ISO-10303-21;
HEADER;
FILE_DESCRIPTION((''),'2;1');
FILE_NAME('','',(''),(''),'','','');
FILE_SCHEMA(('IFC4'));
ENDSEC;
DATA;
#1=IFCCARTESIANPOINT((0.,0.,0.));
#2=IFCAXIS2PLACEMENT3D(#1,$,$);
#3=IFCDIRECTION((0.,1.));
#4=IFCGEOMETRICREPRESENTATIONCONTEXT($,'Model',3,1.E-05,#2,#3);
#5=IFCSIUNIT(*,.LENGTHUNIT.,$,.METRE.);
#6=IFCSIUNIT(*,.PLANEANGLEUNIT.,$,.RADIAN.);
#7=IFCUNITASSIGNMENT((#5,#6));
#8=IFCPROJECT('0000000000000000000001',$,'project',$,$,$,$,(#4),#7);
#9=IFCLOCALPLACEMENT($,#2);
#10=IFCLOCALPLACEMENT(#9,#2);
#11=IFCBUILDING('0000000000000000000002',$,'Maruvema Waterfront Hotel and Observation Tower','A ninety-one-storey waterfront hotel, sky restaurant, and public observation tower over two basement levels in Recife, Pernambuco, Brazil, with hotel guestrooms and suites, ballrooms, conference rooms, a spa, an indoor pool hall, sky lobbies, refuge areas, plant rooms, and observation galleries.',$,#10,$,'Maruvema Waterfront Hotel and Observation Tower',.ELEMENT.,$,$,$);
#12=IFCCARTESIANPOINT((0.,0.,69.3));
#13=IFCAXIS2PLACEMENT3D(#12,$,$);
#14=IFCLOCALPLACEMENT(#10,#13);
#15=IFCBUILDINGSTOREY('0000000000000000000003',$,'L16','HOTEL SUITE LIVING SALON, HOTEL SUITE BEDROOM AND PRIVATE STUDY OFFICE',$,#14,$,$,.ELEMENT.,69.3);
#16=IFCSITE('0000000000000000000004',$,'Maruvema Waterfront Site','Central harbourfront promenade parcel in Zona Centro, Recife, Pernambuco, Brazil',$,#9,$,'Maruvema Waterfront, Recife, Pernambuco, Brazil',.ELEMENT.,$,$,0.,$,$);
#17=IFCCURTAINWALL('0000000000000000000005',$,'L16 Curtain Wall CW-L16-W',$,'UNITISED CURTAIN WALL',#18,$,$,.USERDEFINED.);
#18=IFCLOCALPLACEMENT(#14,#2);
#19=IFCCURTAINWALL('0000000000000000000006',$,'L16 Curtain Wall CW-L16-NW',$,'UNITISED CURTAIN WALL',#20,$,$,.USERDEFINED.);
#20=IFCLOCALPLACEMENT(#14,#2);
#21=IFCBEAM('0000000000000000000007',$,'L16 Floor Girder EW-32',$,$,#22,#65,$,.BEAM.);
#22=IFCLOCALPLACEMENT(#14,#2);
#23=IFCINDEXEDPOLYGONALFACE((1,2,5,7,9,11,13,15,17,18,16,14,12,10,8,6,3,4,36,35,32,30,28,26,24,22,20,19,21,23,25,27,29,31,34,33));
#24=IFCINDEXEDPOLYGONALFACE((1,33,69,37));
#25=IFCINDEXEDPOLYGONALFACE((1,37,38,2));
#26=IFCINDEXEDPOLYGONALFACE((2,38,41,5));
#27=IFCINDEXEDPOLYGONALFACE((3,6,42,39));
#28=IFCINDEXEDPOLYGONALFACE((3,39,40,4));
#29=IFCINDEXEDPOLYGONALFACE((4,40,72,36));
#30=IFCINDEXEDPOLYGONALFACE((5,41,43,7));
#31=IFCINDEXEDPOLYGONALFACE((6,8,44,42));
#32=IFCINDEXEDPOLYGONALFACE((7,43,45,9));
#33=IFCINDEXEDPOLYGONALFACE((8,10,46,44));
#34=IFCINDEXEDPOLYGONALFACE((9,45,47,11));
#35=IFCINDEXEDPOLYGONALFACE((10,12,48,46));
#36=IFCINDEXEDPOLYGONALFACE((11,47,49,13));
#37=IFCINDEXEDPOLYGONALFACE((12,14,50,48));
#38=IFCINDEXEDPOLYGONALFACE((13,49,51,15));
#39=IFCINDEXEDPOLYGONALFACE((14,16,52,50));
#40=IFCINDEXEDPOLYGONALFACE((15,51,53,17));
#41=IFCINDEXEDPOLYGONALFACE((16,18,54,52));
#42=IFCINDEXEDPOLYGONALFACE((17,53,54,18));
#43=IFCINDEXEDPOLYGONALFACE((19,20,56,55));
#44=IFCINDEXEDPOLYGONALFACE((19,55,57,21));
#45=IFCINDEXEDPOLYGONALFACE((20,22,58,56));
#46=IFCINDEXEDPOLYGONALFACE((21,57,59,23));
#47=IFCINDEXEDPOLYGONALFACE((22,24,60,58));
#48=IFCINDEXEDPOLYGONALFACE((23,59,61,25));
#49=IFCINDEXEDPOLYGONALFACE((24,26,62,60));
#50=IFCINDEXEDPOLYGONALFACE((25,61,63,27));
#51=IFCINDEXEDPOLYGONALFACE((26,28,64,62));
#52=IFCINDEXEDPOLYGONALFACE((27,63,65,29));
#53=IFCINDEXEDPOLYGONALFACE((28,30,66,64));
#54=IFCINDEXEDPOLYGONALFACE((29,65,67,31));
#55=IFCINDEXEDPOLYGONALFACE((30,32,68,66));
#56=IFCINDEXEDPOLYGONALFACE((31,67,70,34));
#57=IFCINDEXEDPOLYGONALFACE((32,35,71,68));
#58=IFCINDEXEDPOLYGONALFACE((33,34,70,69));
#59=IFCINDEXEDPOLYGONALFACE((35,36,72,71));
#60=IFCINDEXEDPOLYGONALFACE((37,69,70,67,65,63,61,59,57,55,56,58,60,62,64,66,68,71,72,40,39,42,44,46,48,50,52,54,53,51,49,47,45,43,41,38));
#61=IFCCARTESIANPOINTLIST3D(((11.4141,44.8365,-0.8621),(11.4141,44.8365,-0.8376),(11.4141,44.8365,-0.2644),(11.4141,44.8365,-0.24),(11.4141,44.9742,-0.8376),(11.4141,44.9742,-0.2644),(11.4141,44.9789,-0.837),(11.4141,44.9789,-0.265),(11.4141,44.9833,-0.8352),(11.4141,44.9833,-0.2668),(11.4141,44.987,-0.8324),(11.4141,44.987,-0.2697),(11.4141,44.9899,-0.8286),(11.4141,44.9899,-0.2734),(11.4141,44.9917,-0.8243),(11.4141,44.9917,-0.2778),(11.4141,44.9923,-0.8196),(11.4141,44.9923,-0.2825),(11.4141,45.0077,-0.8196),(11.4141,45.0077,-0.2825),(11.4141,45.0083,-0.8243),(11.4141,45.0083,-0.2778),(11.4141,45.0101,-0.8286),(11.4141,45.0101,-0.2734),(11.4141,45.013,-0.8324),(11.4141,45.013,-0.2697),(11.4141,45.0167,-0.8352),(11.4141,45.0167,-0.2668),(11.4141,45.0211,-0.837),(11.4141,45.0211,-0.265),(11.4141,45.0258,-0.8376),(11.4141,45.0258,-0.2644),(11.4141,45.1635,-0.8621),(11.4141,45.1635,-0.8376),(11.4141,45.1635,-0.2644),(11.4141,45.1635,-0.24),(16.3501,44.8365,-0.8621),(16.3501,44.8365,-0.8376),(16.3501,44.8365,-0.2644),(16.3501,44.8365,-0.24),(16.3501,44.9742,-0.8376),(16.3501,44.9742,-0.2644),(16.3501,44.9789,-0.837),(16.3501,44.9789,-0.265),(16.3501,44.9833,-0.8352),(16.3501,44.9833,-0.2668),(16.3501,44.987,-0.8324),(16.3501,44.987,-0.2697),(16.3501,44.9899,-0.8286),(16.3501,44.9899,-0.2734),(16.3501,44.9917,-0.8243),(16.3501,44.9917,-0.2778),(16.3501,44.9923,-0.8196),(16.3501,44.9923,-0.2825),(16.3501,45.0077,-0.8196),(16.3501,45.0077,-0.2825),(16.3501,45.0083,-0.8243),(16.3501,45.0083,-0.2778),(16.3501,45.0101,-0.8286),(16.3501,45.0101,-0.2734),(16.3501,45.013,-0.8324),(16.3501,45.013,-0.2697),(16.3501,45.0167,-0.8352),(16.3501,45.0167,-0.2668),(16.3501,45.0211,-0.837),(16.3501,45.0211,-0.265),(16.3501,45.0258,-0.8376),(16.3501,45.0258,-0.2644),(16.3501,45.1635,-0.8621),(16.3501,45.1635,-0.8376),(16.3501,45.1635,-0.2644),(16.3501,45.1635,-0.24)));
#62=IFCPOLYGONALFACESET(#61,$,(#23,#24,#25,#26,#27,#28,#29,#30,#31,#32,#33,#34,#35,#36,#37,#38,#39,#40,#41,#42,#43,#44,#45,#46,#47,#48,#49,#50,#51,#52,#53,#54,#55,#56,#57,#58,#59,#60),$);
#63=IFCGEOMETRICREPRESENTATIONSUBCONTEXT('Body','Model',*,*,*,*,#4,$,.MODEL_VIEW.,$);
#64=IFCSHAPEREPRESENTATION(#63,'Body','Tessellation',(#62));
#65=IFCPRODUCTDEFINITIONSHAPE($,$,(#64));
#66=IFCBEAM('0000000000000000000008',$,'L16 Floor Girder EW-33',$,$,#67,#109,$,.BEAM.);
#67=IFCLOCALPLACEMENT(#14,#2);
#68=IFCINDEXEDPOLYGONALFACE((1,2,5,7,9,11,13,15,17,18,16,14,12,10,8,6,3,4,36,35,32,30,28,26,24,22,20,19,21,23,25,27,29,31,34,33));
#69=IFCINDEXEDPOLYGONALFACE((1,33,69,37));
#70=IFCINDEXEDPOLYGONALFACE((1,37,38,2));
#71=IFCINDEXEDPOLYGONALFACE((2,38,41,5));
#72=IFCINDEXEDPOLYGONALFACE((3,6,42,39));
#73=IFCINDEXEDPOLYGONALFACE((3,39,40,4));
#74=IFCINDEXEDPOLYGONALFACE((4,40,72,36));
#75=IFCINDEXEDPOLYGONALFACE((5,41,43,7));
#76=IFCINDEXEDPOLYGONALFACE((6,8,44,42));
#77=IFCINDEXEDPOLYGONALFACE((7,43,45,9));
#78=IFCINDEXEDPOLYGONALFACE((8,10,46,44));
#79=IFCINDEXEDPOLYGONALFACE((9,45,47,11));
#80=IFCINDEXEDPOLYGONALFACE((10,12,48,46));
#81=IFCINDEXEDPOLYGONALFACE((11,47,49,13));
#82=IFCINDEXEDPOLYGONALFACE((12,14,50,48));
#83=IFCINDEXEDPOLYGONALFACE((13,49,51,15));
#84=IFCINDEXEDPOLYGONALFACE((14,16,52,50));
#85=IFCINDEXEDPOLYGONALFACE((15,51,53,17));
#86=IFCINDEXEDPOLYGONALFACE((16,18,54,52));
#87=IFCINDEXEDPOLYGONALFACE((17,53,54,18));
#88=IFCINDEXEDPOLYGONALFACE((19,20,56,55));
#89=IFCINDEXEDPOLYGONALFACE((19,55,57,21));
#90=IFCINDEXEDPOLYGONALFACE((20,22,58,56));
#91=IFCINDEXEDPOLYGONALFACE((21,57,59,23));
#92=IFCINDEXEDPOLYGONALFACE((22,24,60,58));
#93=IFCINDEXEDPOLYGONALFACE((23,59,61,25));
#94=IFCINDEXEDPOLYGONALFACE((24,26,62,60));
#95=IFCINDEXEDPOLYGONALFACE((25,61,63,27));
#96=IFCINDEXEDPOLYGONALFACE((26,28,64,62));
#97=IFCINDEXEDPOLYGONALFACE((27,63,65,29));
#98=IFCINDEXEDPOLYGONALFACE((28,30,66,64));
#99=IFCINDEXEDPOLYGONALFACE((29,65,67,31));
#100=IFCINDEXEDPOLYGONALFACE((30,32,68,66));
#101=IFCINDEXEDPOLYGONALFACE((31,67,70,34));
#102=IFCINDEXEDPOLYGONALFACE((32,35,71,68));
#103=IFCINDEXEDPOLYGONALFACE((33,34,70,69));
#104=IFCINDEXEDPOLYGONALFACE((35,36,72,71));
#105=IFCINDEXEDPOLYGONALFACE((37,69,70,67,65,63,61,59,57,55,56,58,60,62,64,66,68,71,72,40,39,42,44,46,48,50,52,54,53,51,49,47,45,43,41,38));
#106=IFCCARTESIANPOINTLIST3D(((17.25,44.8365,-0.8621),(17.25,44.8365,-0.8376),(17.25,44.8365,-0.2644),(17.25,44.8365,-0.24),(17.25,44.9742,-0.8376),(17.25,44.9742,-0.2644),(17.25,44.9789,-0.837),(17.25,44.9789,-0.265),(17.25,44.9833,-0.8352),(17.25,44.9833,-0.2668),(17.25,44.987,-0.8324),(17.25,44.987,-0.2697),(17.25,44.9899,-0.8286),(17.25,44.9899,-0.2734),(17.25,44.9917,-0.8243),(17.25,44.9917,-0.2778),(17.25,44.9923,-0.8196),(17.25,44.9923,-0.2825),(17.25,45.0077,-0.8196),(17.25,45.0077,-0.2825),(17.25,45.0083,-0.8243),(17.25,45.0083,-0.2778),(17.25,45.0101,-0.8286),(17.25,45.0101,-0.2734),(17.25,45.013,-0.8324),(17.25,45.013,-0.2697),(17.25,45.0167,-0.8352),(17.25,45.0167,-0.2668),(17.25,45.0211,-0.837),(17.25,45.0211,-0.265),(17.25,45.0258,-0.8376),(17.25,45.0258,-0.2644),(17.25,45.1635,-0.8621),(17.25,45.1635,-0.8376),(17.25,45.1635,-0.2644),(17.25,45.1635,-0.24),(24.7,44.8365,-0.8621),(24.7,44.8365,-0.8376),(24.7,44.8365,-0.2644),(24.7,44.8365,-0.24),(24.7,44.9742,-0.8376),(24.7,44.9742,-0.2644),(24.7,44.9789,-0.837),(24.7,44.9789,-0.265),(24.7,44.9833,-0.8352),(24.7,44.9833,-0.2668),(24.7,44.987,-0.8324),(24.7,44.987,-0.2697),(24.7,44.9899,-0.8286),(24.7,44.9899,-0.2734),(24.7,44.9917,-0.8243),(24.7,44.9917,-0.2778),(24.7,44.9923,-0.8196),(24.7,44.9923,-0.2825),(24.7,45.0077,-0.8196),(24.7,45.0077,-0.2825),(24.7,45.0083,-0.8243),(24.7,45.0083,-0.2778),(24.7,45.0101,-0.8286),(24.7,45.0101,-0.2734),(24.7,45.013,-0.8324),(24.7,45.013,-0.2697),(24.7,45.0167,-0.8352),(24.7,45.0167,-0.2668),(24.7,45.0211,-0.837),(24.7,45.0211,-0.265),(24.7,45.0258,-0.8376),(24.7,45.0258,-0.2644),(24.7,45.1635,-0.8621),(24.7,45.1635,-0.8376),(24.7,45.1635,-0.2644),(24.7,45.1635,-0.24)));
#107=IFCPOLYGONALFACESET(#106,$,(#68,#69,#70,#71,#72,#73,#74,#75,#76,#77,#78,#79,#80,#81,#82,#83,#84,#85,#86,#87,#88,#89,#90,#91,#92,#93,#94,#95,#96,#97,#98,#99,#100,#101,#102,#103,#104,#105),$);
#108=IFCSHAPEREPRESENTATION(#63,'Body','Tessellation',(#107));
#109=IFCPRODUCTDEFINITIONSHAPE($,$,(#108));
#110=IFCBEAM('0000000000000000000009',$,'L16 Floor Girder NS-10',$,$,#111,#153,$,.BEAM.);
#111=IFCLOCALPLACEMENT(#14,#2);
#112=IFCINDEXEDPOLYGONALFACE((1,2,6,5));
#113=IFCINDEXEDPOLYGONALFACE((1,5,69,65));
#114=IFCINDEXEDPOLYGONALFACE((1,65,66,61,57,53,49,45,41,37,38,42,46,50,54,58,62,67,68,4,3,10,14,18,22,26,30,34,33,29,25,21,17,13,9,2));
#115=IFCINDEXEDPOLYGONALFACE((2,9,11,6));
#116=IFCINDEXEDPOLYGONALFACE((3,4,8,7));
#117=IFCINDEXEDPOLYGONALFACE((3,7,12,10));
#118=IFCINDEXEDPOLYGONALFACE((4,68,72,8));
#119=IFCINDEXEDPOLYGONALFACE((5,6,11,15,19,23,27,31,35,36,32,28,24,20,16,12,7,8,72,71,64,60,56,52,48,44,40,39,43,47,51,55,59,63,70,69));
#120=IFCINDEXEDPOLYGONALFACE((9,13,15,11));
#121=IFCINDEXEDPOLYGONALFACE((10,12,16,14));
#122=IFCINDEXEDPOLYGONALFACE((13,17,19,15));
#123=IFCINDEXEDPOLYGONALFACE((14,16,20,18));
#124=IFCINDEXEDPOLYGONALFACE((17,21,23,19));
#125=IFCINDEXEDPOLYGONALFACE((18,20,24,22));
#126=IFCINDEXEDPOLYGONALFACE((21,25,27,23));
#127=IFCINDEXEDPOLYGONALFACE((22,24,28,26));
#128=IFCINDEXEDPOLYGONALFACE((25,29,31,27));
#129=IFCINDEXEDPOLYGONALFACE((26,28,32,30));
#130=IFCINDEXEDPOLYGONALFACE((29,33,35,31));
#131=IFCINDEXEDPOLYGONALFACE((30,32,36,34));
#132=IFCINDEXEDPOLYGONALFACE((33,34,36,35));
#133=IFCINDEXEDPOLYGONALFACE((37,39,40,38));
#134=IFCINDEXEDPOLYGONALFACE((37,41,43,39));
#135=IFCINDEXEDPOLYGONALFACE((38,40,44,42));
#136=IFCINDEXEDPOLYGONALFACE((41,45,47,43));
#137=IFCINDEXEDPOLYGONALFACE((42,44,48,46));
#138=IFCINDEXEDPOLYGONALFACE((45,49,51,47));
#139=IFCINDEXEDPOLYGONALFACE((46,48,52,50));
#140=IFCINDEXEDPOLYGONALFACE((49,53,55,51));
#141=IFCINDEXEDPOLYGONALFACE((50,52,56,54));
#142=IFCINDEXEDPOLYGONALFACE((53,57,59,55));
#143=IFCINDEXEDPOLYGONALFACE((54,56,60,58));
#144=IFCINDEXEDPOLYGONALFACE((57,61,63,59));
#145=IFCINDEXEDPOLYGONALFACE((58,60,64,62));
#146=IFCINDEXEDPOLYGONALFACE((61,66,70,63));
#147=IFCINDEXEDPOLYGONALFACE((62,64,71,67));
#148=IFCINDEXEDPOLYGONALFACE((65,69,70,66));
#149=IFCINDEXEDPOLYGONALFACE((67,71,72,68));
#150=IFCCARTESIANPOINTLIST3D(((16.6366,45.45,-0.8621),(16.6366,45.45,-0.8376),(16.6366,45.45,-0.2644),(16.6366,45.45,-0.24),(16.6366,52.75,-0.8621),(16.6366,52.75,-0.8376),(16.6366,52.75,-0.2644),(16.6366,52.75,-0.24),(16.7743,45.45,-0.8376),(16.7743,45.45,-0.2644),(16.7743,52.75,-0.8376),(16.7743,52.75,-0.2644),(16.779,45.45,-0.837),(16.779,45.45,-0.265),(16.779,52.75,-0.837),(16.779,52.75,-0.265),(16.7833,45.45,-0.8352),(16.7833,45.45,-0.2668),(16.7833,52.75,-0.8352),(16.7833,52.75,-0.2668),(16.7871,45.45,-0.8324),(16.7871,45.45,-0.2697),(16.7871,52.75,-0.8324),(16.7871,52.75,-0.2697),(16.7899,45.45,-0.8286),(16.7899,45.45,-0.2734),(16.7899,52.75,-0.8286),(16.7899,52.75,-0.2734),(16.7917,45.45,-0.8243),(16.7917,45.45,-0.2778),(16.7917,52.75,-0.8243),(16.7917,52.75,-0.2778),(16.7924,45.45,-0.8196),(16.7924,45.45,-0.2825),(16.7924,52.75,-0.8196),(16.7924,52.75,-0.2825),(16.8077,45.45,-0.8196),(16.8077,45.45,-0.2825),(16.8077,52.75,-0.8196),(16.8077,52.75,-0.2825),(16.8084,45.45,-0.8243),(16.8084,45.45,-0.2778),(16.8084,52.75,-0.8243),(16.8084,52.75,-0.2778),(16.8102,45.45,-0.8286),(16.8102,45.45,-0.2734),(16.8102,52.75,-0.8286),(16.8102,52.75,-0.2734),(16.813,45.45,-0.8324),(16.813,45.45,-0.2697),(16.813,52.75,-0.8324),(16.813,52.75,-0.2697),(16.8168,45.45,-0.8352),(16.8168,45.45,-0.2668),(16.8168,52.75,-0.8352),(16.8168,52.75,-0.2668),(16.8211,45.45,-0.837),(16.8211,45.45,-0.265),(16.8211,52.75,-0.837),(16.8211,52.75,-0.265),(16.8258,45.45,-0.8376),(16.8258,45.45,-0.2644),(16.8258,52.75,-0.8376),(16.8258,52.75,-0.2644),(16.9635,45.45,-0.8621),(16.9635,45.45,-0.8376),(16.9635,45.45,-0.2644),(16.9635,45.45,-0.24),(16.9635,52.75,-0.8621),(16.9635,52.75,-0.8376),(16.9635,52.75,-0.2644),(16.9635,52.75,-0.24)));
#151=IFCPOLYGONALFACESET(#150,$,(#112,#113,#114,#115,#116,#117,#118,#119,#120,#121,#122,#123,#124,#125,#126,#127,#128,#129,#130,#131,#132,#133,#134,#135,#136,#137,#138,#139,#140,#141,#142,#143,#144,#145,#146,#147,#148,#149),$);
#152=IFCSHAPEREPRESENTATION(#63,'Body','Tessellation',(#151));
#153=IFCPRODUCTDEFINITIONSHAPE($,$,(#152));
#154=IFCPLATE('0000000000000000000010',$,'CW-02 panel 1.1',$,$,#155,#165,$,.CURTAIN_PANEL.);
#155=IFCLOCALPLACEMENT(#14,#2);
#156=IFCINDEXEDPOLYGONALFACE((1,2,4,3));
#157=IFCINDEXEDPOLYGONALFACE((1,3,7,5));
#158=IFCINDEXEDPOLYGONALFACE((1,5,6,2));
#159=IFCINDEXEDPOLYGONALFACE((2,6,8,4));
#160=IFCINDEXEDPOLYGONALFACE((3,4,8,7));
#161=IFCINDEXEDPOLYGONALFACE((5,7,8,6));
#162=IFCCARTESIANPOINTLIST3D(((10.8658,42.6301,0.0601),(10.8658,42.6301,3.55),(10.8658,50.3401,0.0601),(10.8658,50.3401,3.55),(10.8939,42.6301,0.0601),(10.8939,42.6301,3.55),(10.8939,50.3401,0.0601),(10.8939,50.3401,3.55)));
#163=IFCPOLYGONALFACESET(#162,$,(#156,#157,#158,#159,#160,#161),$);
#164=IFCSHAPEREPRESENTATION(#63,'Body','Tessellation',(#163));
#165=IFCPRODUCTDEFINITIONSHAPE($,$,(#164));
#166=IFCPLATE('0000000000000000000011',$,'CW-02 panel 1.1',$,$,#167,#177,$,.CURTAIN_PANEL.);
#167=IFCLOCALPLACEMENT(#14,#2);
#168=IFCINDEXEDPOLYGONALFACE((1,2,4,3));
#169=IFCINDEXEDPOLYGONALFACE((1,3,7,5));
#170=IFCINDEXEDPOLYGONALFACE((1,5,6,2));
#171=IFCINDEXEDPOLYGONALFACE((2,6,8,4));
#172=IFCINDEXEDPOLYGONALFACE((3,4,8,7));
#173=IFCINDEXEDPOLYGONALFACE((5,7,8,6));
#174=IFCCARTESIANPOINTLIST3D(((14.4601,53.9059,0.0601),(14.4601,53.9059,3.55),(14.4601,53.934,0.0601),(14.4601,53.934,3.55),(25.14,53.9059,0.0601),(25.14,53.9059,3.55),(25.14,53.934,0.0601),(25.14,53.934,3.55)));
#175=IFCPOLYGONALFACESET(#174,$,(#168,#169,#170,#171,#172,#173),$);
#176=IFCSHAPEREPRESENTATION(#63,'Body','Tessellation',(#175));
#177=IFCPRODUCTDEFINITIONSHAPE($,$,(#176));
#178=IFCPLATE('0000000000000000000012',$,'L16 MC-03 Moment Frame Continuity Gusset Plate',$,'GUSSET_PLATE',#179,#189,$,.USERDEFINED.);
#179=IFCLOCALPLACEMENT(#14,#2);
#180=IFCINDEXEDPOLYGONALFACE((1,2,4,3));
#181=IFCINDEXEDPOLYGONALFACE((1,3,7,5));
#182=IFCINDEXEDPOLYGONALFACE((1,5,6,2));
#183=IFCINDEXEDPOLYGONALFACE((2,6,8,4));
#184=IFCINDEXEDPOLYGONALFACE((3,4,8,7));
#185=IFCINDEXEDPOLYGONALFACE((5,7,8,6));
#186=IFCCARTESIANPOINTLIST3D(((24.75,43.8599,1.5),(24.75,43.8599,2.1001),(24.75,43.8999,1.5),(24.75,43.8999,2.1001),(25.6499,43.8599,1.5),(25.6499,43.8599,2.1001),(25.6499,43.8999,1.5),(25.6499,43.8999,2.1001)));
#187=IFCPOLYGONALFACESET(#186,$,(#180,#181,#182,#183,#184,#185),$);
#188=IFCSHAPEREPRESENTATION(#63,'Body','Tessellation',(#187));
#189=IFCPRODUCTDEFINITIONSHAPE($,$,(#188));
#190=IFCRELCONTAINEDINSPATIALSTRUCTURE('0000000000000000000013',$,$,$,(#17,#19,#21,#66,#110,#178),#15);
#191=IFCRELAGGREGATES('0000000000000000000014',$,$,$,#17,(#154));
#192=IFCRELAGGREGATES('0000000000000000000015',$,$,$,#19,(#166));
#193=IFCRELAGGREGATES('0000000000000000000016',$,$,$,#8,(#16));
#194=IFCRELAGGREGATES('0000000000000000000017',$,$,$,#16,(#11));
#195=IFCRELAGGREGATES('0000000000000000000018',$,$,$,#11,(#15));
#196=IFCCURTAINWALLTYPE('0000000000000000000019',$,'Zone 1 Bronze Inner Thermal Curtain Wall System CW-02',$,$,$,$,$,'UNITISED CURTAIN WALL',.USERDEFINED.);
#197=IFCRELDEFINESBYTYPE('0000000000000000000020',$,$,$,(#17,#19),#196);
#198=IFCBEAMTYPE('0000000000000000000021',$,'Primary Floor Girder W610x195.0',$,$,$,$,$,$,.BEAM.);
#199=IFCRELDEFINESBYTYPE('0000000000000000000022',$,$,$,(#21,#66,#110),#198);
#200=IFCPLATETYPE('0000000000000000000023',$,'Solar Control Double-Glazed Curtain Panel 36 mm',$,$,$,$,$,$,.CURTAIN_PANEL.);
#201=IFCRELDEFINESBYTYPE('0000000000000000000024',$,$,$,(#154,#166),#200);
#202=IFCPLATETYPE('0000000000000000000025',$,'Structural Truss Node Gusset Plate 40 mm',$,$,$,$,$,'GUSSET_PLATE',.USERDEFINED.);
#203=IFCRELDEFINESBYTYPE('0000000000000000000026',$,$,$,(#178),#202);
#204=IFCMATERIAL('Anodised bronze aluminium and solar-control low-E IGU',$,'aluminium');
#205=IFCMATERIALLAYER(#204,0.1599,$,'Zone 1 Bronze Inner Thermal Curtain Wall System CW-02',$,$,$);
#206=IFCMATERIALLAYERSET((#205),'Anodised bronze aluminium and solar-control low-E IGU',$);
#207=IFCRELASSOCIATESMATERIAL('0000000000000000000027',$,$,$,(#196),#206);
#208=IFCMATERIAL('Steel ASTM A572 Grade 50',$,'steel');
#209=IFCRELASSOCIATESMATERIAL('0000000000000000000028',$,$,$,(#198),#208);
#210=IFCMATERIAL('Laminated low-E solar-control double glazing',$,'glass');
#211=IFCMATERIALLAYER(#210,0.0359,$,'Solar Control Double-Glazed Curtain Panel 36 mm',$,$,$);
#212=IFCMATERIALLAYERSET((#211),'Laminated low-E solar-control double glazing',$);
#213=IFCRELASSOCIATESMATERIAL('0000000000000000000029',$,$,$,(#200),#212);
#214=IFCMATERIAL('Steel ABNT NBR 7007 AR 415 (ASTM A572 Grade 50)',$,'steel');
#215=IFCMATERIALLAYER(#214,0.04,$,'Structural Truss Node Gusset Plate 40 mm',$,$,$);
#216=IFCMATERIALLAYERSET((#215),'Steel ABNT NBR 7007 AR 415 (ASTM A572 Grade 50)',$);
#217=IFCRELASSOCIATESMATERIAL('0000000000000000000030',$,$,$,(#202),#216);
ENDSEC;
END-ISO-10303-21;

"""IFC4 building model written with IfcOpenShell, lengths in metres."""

from ifc_helpers import new_model, si_unit, direction, frame, origin, origin_2d, place, context, subcontext, project, spatial, rectangle, i_section, extrude, material, layer, layer_set, material_profile, profile_set, type_object, element, aggregate, save


model = new_model("IFC4")

# Units and contexts
model_context = context("Model", 3, precision=1e-05, world=origin(), true_north=direction((0.0, 1.0)))
body_context = subcontext(model_context, "Body", "Model", "MODEL_VIEW")
ifc_project = project(units=[si_unit("LENGTHUNIT", "METRE"), si_unit("PLANEANGLEUNIT", "RADIAN")], contexts=[model_context])

# Site, building, storey
site_placement = place(None, origin())
site = spatial("IfcSite", under=ifc_project, at=site_placement, Name="Maruvema Waterfront Site", Description="Central harbourfront promenade parcel in Zona Centro, Recife, Pernambuco, Brazil", LongName="Maruvema Waterfront, Recife, Pernambuco, Brazil", CompositionType="ELEMENT", RefElevation=0.0)
building_placement = place(site_placement, origin())
building = spatial("IfcBuilding", under=site, at=building_placement, Name="Maruvema Waterfront Hotel and Observation Tower", Description="A ninety-one-storey waterfront hotel, sky restaurant, and public observation tower over two basement levels in Recife, Pernambuco, Brazil, with hotel guestrooms and suites, ballrooms, conference rooms, a spa, an indoor pool hall, sky lobbies, refuge areas, plant rooms, and observation galleries.", LongName="Maruvema Waterfront Hotel and Observation Tower", CompositionType="ELEMENT")
storey_placement = place(building_placement, frame((0.0, 0.0, 69.3)))
storey = spatial("IfcBuildingStorey", under=building, at=storey_placement, Name="L16", Description="HOTEL SUITE LIVING SALON, HOTEL SUITE BEDROOM AND PRIVATE STUDY OFFICE", CompositionType="ELEMENT", Elevation=69.3)

# Curtain walls
ifc_material_1 = material(Name="Anodised bronze aluminium and solar-control low-E IGU", Category="aluminium")
ifc_layer_1 = layer(ifc_material_1, 0.1599, Name="Zone 1 Bronze Inner Thermal Curtain Wall System CW-02")
ifc_layer_set_1 = layer_set([ifc_layer_1], Name="Anodised bronze aluminium and solar-control low-E IGU")
curtain_wall_type = type_object("IfcCurtainWallType", Name="Zone 1 Bronze Inner Thermal Curtain Wall System CW-02", ElementType="UNITISED CURTAIN WALL", PredefinedType="USERDEFINED", material=ifc_layer_set_1)
curtain_wall_1_placement = place(storey_placement, origin())
curtain_wall_1 = element("IfcCurtainWall", 1, at=curtain_wall_1_placement, inside=storey, type_object=curtain_wall_type, Name="L16 Curtain Wall CW-L16-W", ObjectType="UNITISED CURTAIN WALL", PredefinedType="USERDEFINED")
curtain_wall_2_placement = place(storey_placement, origin())
curtain_wall_2 = element("IfcCurtainWall", 2, at=curtain_wall_2_placement, inside=storey, type_object=curtain_wall_type, Name="L16 Curtain Wall CW-L16-NW", ObjectType="UNITISED CURTAIN WALL", PredefinedType="USERDEFINED")

# Beams
ifc_material_2 = material(Name="Steel ASTM A572 Grade 50", Category="steel")
ifc_material_profile_1 = material_profile(ifc_material_2, i_section(OverallWidth=0.3269, OverallDepth=0.6221, WebThickness=0.0154, FlangeThickness=0.0244, FilletRadius=0.0181, at=origin_2d()), Name="W610x195.0")
ifc_profile_set_1 = profile_set([ifc_material_profile_1], Name="Steel ASTM A572 Grade 50")
beam_type = type_object("IfcBeamType", Name="Primary Floor Girder W610x195.0", PredefinedType="BEAM", material=ifc_profile_set_1)
beam_1_placement = place(storey_placement, frame((11.4141, 45.0, -0.551), z_axis=(1.0, 0.0, 0.0), x_axis=(0.0, 1.0, 0.0)))
element("IfcBeam", 3, at=beam_1_placement, inside=storey, type_object=beam_type, Name="L16 Floor Girder EW-32", PredefinedType="BEAM", context=body_context, shape_type="SweptSolid", body=[
    extrude(i_section(OverallWidth=0.3269, OverallDepth=0.6221, WebThickness=0.0154, FlangeThickness=0.0244, FilletRadius=0.0181, at=origin_2d()), origin(), (0.0, 0.0, 1.0), 4.936),
])
beam_2_placement = place(storey_placement, frame((17.25, 45.0, -0.551), z_axis=(1.0, 0.0, 0.0), x_axis=(0.0, 1.0, 0.0)))
element("IfcBeam", 4, at=beam_2_placement, inside=storey, type_object=beam_type, Name="L16 Floor Girder EW-33", PredefinedType="BEAM", context=body_context, shape_type="SweptSolid", body=[
    extrude(i_section(OverallWidth=0.3269, OverallDepth=0.6221, WebThickness=0.0154, FlangeThickness=0.0244, FilletRadius=0.0181, at=origin_2d()), origin(), (0.0, 0.0, 1.0), 7.45),
])
beam_3_placement = place(storey_placement, frame((16.8, 45.45, -0.551), z_axis=(0.0, 1.0, 0.0), x_axis=(-1.0, 0.0, 0.0)))
element("IfcBeam", 5, at=beam_3_placement, inside=storey, type_object=beam_type, Name="L16 Floor Girder NS-10", PredefinedType="BEAM", context=body_context, shape_type="SweptSolid", body=[
    extrude(i_section(OverallWidth=0.3269, OverallDepth=0.6221, WebThickness=0.0154, FlangeThickness=0.0244, FilletRadius=0.0181, at=origin_2d()), origin(), (0.0, 0.0, 1.0), 7.3),
])

# Plates
ifc_material_3 = material(Name="Laminated low-E solar-control double glazing", Category="glass")
ifc_layer_2 = layer(ifc_material_3, 0.0359, Name="Solar Control Double-Glazed Curtain Panel 36 mm")
ifc_layer_set_2 = layer_set([ifc_layer_2], Name="Laminated low-E solar-control double glazing")
plate_type_1 = type_object("IfcPlateType", Name="Solar Control Double-Glazed Curtain Panel 36 mm", PredefinedType="CURTAIN_PANEL", material=ifc_layer_set_2)
plate_1_placement = place(storey_placement, frame((10.8799, 46.4851, 0.0601), z_axis=(0.0, 0.0, 1.0), x_axis=(0.0, -1.0, 0.0)))
plate_1 = element("IfcPlate", 6, at=plate_1_placement, type_object=plate_type_1, Name="CW-02 panel 1.1", PredefinedType="CURTAIN_PANEL", context=body_context, shape_type="SweptSolid", body=[
    extrude(rectangle(XDim=7.71, YDim=0.0281, at=origin_2d()), origin(), (0.0, 0.0, 1.0), 3.49),
])
aggregate(curtain_wall_1, [plate_1])
plate_2_placement = place(storey_placement, frame((19.8, 53.9199, 0.0601), z_axis=(0.0, 0.0, 1.0), x_axis=(-1.0, 0.0, 0.0)))
plate_2 = element("IfcPlate", 7, at=plate_2_placement, type_object=plate_type_1, Name="CW-02 panel 1.1", PredefinedType="CURTAIN_PANEL", context=body_context, shape_type="SweptSolid", body=[
    extrude(rectangle(XDim=10.6799, YDim=0.0281, at=origin_2d()), origin(), (0.0, 0.0, 1.0), 3.49),
])
aggregate(curtain_wall_2, [plate_2])
ifc_material_4 = material(Name="Steel ABNT NBR 7007 AR 415 (ASTM A572 Grade 50)", Category="steel")
ifc_layer_3 = layer(ifc_material_4, 0.04, Name="Structural Truss Node Gusset Plate 40 mm")
ifc_layer_set_3 = layer_set([ifc_layer_3], Name="Steel ABNT NBR 7007 AR 415 (ASTM A572 Grade 50)")
plate_type_2 = type_object("IfcPlateType", Name="Structural Truss Node Gusset Plate 40 mm", ElementType="GUSSET_PLATE", PredefinedType="USERDEFINED", material=ifc_layer_set_3)
plate_3_placement = place(storey_placement, frame((25.2, 43.8799, 1.5), z_axis=(0.0, 0.0, 1.0), x_axis=(1.0, 0.0, 0.0)))
element("IfcPlate", 8, at=plate_3_placement, inside=storey, type_object=plate_type_2, Name="L16 MC-03 Moment Frame Continuity Gusset Plate", ObjectType="GUSSET_PLATE", PredefinedType="USERDEFINED", context=body_context, shape_type="SweptSolid", body=[
    extrude(rectangle(XDim=0.8999, YDim=0.04, at=origin_2d()), origin(), (0.0, 0.0, 1.0), 0.6001),
])

save(model, "model.ifc")
